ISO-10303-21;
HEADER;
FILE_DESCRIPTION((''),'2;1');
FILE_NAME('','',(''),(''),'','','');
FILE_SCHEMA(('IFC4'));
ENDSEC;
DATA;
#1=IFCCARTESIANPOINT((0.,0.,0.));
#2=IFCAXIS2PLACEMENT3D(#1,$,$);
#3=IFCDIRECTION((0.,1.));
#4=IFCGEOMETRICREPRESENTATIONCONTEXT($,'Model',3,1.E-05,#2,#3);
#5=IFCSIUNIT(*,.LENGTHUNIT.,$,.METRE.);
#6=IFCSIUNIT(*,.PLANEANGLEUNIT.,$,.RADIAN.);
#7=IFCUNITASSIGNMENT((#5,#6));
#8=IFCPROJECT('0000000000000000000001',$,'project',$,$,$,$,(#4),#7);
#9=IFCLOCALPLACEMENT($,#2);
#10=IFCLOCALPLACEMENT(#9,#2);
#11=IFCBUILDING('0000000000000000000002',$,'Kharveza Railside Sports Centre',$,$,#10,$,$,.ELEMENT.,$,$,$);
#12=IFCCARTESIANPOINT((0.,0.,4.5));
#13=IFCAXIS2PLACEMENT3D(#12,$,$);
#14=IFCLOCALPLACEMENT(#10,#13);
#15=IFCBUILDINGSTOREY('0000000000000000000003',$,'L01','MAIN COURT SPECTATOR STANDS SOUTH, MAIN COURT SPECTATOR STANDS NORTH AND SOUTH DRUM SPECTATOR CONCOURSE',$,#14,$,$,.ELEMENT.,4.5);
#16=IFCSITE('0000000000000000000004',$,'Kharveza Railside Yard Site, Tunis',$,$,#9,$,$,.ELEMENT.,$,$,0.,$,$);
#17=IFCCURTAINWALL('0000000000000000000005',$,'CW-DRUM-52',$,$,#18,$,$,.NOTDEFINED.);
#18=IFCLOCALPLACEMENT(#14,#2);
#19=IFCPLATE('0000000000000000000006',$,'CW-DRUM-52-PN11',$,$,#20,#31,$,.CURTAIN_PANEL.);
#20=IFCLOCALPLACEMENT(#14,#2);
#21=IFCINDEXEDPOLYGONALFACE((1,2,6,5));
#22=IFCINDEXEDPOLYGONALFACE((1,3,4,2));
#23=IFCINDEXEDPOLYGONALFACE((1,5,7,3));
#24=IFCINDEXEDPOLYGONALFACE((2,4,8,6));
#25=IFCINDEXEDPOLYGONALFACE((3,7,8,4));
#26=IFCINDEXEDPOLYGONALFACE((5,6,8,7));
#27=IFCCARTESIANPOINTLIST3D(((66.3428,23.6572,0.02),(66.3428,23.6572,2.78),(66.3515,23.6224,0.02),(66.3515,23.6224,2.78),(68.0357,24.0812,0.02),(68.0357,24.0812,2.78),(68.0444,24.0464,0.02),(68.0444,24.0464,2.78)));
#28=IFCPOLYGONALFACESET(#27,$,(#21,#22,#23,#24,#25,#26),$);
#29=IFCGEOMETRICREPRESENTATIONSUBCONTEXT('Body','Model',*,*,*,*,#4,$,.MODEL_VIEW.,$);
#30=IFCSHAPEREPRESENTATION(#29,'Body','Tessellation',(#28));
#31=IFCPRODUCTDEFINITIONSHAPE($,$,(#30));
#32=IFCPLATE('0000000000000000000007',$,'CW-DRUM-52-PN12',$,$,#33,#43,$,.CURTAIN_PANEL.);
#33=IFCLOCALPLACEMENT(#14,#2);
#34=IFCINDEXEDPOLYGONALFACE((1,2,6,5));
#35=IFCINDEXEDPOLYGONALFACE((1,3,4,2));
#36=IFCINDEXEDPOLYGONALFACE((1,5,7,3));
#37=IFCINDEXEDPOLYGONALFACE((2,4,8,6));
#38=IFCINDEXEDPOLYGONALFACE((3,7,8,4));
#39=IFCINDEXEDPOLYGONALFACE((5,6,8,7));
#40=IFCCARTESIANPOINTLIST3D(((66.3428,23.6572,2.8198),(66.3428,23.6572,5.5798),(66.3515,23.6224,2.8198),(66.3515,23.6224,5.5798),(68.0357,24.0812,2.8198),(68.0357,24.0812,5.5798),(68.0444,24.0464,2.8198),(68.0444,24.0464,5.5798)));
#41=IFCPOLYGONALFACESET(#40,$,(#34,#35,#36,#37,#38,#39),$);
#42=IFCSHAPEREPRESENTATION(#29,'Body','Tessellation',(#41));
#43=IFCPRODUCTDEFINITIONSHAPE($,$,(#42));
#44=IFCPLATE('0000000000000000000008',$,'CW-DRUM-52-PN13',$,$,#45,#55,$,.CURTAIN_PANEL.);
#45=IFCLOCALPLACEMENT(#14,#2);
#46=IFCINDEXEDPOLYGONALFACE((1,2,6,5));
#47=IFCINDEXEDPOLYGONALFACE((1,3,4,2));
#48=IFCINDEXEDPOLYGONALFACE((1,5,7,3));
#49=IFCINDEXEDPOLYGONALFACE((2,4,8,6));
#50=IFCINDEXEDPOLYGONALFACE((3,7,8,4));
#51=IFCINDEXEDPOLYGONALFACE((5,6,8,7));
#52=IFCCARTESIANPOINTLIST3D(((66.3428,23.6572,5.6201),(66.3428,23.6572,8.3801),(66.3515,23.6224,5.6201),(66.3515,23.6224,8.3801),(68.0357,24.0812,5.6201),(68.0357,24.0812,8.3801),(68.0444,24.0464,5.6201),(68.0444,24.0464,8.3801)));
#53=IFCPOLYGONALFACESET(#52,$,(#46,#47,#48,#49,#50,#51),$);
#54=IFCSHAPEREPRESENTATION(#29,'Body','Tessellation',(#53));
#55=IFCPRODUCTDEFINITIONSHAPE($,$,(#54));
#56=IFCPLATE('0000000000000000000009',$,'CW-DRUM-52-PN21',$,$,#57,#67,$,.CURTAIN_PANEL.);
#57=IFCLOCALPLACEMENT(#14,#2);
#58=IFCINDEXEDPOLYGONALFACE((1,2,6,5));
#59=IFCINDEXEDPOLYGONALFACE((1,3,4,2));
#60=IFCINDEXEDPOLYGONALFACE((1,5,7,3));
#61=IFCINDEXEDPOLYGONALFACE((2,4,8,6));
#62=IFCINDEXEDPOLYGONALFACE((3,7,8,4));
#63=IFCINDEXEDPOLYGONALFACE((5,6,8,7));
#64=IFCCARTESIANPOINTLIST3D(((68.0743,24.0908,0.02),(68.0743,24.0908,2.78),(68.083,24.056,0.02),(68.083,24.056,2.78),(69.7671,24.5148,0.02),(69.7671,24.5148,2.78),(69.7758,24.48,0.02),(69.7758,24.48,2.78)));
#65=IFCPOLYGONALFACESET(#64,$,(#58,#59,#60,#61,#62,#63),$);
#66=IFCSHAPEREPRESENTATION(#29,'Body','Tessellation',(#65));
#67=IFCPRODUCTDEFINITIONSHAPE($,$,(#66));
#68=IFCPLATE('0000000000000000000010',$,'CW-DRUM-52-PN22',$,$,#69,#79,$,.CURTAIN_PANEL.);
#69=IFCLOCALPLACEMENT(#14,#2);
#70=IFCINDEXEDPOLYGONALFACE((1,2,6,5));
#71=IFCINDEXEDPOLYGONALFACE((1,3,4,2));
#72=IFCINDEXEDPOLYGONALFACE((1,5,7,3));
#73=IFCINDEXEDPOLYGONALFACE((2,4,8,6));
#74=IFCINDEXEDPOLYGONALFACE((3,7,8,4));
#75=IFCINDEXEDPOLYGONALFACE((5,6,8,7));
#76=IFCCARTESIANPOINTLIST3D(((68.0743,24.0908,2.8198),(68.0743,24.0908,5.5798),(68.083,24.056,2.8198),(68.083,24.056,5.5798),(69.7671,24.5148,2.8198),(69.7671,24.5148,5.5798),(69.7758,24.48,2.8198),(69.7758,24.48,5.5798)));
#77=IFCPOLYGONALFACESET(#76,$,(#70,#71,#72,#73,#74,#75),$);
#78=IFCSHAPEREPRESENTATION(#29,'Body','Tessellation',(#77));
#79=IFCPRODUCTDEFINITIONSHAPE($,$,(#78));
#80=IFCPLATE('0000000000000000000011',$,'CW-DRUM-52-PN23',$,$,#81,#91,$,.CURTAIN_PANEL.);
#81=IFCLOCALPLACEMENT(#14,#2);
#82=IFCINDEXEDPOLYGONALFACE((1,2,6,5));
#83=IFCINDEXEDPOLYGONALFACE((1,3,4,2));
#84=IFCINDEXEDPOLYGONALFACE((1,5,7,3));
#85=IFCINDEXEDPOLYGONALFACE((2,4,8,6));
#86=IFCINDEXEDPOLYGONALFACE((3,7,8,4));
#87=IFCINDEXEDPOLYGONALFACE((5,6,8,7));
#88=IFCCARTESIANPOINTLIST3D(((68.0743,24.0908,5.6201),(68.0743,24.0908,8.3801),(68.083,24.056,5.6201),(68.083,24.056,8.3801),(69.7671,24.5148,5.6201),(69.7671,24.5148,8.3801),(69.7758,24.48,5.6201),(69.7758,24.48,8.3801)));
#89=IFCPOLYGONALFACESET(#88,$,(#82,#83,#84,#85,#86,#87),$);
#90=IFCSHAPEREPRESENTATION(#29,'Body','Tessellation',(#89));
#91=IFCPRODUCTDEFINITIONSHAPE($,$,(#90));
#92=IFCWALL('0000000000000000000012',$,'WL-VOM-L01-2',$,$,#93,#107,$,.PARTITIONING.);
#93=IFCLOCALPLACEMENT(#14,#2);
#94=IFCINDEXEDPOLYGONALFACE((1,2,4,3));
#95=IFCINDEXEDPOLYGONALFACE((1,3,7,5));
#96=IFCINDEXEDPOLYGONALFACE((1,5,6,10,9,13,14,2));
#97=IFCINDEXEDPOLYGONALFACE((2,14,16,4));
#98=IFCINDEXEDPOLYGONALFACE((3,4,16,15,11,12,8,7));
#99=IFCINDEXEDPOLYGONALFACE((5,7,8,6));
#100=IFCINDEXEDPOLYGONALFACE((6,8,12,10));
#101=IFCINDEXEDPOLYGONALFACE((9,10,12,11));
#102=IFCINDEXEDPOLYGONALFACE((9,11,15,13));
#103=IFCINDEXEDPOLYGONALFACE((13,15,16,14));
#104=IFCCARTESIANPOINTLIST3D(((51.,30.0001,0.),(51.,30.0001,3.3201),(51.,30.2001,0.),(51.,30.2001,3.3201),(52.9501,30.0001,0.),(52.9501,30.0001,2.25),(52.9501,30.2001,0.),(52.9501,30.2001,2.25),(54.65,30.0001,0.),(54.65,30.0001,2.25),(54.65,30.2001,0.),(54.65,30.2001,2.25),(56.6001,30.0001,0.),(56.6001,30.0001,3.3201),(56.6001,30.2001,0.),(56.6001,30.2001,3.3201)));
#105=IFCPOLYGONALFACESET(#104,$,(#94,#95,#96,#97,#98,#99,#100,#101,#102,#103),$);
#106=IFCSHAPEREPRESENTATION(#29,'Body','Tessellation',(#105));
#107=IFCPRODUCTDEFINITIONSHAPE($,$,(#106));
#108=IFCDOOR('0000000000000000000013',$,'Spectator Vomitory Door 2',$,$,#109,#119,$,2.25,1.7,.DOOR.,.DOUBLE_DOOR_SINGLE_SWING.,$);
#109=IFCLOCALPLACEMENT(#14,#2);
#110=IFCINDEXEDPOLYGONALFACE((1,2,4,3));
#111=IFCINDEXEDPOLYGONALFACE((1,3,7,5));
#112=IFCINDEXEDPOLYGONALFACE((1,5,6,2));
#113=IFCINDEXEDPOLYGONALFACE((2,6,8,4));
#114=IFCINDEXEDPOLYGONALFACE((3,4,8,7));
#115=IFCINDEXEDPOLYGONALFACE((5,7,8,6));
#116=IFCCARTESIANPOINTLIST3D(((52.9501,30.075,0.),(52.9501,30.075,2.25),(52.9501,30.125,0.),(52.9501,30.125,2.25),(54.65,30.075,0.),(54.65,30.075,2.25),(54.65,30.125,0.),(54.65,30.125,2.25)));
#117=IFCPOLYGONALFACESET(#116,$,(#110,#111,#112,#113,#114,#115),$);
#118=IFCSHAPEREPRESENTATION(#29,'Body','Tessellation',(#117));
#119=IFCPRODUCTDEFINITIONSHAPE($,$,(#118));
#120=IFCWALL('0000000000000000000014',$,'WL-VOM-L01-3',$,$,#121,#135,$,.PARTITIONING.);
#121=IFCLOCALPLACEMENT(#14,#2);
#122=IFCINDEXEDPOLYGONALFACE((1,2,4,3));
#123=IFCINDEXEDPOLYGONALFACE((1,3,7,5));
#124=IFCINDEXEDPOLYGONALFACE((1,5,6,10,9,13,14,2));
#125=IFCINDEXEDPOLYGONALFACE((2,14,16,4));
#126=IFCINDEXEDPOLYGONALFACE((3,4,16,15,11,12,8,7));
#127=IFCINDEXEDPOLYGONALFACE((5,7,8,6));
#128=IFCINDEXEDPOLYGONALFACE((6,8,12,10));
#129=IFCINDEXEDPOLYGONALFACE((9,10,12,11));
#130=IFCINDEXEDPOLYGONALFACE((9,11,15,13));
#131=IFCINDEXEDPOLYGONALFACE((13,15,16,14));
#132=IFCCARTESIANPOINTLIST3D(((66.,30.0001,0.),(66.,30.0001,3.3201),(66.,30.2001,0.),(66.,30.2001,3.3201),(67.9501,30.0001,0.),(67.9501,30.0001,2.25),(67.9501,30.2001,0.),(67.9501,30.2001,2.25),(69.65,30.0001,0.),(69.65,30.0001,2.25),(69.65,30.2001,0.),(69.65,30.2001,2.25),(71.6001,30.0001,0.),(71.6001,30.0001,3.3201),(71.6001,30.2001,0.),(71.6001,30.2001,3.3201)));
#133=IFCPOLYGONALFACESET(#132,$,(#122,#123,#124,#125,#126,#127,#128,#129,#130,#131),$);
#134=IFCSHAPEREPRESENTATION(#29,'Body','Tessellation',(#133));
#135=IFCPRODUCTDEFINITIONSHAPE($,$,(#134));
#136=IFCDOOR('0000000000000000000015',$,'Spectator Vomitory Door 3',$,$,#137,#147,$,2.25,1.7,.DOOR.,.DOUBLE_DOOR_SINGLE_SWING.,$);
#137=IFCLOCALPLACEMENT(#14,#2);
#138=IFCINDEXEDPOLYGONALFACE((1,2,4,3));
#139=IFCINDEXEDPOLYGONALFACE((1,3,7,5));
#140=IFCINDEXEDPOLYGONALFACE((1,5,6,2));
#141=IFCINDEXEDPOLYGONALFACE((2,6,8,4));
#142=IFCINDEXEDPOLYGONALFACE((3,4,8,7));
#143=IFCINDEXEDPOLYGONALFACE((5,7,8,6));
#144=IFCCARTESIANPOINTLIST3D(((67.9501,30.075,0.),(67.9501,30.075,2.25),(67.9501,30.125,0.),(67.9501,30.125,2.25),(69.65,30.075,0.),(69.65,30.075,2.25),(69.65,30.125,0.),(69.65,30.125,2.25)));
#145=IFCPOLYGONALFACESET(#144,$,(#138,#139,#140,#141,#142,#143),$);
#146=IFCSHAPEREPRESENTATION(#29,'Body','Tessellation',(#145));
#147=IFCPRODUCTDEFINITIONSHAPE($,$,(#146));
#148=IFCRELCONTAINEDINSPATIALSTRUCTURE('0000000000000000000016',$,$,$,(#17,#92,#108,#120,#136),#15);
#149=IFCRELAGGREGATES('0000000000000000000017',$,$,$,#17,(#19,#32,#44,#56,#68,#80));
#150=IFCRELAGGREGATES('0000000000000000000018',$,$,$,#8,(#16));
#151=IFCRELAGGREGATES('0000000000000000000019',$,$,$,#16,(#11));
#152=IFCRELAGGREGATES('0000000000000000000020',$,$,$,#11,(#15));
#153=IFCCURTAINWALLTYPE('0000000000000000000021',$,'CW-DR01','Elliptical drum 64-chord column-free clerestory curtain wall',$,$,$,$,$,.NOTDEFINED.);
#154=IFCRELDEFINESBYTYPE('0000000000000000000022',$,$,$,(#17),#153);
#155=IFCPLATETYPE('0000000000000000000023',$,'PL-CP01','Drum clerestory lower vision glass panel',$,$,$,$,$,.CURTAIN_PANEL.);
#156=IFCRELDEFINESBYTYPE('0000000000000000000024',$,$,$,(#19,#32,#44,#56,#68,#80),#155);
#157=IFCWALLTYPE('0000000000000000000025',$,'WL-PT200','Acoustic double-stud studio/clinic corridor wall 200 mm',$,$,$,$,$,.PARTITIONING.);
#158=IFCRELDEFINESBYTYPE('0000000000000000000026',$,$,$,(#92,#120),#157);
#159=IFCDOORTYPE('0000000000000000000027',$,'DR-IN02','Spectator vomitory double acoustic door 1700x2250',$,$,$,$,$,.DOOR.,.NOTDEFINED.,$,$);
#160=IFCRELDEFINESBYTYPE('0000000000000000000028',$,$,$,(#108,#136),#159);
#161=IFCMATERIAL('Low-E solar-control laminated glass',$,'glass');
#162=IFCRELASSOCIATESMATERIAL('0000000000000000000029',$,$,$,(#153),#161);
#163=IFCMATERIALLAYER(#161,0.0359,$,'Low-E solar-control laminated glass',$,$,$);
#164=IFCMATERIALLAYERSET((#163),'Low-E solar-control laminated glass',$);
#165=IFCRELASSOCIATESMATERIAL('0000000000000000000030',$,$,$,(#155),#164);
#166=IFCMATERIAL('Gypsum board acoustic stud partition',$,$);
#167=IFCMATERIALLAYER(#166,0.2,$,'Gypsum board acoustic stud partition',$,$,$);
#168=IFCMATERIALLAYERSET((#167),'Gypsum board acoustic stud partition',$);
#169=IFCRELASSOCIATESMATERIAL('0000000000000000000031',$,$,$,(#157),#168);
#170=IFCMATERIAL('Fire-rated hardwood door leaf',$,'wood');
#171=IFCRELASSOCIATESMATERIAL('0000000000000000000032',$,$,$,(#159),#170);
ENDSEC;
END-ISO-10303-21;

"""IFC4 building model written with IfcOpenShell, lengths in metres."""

from ifc_helpers import new_model, si_unit, direction, frame, frame_2d, origin, origin_2d, place, context, subcontext, project, spatial, rectangle, extrude, material, layer, layer_set, type_object, element, fill, aggregate, save


model = new_model("IFC4")

# Units and contexts
model_context = context("Model", 3, precision=1e-05, world=origin(), true_north=direction((0.0, 1.0)))
body_context = subcontext(model_context, "Body", "Model", "MODEL_VIEW")
ifc_project = project(units=[si_unit("LENGTHUNIT", "METRE"), si_unit("PLANEANGLEUNIT", "RADIAN")], contexts=[model_context])

# Site, building, storey
site_placement = place(None, origin())
site = spatial("IfcSite", under=ifc_project, at=site_placement, Name="Kharveza Railside Yard Site, Tunis", CompositionType="ELEMENT", RefElevation=0.0)
building_placement = place(site_placement, origin())
building = spatial("IfcBuilding", under=site, at=building_placement, Name="Kharveza Railside Sports Centre", CompositionType="ELEMENT")
storey_placement = place(building_placement, frame((0.0, 0.0, 4.5)))
storey = spatial("IfcBuildingStorey", under=building, at=storey_placement, Name="L01", Description="MAIN COURT SPECTATOR STANDS SOUTH, MAIN COURT SPECTATOR STANDS NORTH AND SOUTH DRUM SPECTATOR CONCOURSE", CompositionType="ELEMENT", Elevation=4.5)

# Curtain wall
ifc_material_1 = material(Name="Low-E solar-control laminated glass", Category="glass")
curtain_wall_type = type_object("IfcCurtainWallType", Name="CW-DR01", Description="Elliptical drum 64-chord column-free clerestory curtain wall", PredefinedType="NOTDEFINED", material=ifc_material_1)
curtain_wall_1_placement = place(storey_placement, origin())
curtain_wall_1 = element("IfcCurtainWall", 1, at=curtain_wall_1_placement, inside=storey, type_object=curtain_wall_type, Name="CW-DRUM-52", PredefinedType="NOTDEFINED")

# Plates
ifc_layer_1 = layer(ifc_material_1, 0.0359, Name="Low-E solar-control laminated glass")
ifc_layer_set_1 = layer_set([ifc_layer_1], Name="Low-E solar-control laminated glass")
plate_type = type_object("IfcPlateType", Name="PL-CP01", Description="Drum clerestory lower vision glass panel", PredefinedType="CURTAIN_PANEL", material=ifc_layer_set_1)
plate_1_placement = place(storey_placement, frame((67.1936, 23.8518, 0.02), z_axis=(0.0, 0.0, 1.0), x_axis=(0.970038, 0.242955, 0.0)))
plate_1 = element("IfcPlate", 2, at=plate_1_placement, type_object=plate_type, Name="CW-DRUM-52-PN11", PredefinedType="CURTAIN_PANEL", context=body_context, shape_type="SweptSolid", body=[
    extrude(rectangle(XDim=1.7451, YDim=0.0359, at=origin_2d()), origin(), (0.0, 0.0, 1.0), 2.76),
])
plate_2_placement = place(storey_placement, frame((67.1936, 23.8518, 2.8198), z_axis=(0.0, 0.0, 1.0), x_axis=(0.970038, 0.242955, 0.0)))
plate_2 = element("IfcPlate", 3, at=plate_2_placement, type_object=plate_type, Name="CW-DRUM-52-PN12", PredefinedType="CURTAIN_PANEL", context=body_context, shape_type="SweptSolid", body=[
    extrude(rectangle(XDim=1.7451, YDim=0.0359, at=origin_2d()), origin(), (0.0, 0.0, 1.0), 2.76),
])
plate_3_placement = place(storey_placement, frame((67.1936, 23.8518, 5.6201), z_axis=(0.0, 0.0, 1.0), x_axis=(0.970038, 0.242955, 0.0)))
plate_3 = element("IfcPlate", 4, at=plate_3_placement, type_object=plate_type, Name="CW-DRUM-52-PN13", PredefinedType="CURTAIN_PANEL", context=body_context, shape_type="SweptSolid", body=[
    extrude(rectangle(XDim=1.7451, YDim=0.0359, at=origin_2d()), origin(), (0.0, 0.0, 1.0), 2.76),
])
plate_4_placement = place(storey_placement, frame((68.925, 24.2854, 0.02), z_axis=(0.0, 0.0, 1.0), x_axis=(0.970038, 0.242955, 0.0)))
plate_4 = element("IfcPlate", 5, at=plate_4_placement, type_object=plate_type, Name="CW-DRUM-52-PN21", PredefinedType="CURTAIN_PANEL", context=body_context, shape_type="SweptSolid", body=[
    extrude(rectangle(XDim=1.7451, YDim=0.0359, at=origin_2d()), origin(), (0.0, 0.0, 1.0), 2.76),
])
plate_5_placement = place(storey_placement, frame((68.925, 24.2854, 2.8198), z_axis=(0.0, 0.0, 1.0), x_axis=(0.970038, 0.242955, 0.0)))
plate_5 = element("IfcPlate", 6, at=plate_5_placement, type_object=plate_type, Name="CW-DRUM-52-PN22", PredefinedType="CURTAIN_PANEL", context=body_context, shape_type="SweptSolid", body=[
    extrude(rectangle(XDim=1.7451, YDim=0.0359, at=origin_2d()), origin(), (0.0, 0.0, 1.0), 2.76),
])
plate_6_placement = place(storey_placement, frame((68.925, 24.2854, 5.6201), z_axis=(0.0, 0.0, 1.0), x_axis=(0.970038, 0.242955, 0.0)))
plate_6 = element("IfcPlate", 7, at=plate_6_placement, type_object=plate_type, Name="CW-DRUM-52-PN23", PredefinedType="CURTAIN_PANEL", context=body_context, shape_type="SweptSolid", body=[
    extrude(rectangle(XDim=1.7451, YDim=0.0359, at=origin_2d()), origin(), (0.0, 0.0, 1.0), 2.76),
])
aggregate(curtain_wall_1, [plate_1, plate_2, plate_3, plate_4, plate_5, plate_6])

# Walls, openings, doors
ifc_material_2 = material(Name="Gypsum board acoustic stud partition")
ifc_layer_2 = layer(ifc_material_2, 0.2, Name="Gypsum board acoustic stud partition")
ifc_layer_set_2 = layer_set([ifc_layer_2], Name="Gypsum board acoustic stud partition")
wall_type = type_object("IfcWallType", Name="WL-PT200", Description="Acoustic double-stud studio/clinic corridor wall 200 mm", PredefinedType="PARTITIONING", material=ifc_layer_set_2)
wall_1_placement = place(storey_placement, frame((51.0, 30.1001, 0.0), z_axis=(0.0, 0.0, 1.0), x_axis=(1.0, 0.0, 0.0)))
wall_1 = element("IfcWall", 8, at=wall_1_placement, inside=storey, type_object=wall_type, Name="WL-VOM-L01-2", PredefinedType="PARTITIONING", context=body_context, shape_type="SweptSolid", body=[
    extrude(rectangle(XDim=5.6001, YDim=0.2, at=frame_2d((2.8, 0.0))), origin(), (0.0, 0.0, 1.0), 3.3201),
])
opening_1_placement = place(wall_1_placement, frame((1.95, 0.0, 0.0)))
opening_1 = element("IfcOpeningElement", 9, at=opening_1_placement, cuts=wall_1, PredefinedType="OPENING", context=body_context, shape_type="SweptSolid", body=[
    extrude(rectangle(XDim=1.7, YDim=2.25, at=frame_2d((0.8501, 1.125))), frame((0.0, 0.125, 0.0), z_axis=(0.0, -1.0, 0.0), x_axis=(1.0, 0.0, 0.0)), (0.0, 0.0, 1.0), 0.2498),
])
ifc_material_3 = material(Name="Fire-rated hardwood door leaf", Category="wood")
door_type = type_object("IfcDoorType", Name="DR-IN02", Description="Spectator vomitory double acoustic door 1700x2250", OperationType="NOTDEFINED", PredefinedType="DOOR", material=ifc_material_3)
door_1_placement = place(opening_1_placement, origin())
door_1 = element("IfcDoor", 10, at=door_1_placement, inside=storey, type_object=door_type, Name="Spectator Vomitory Door 2", OperationType="DOUBLE_DOOR_SINGLE_SWING", OverallHeight=2.25, OverallWidth=1.7, PredefinedType="DOOR", context=body_context, shape_type="SweptSolid", body=[
    extrude(rectangle(XDim=1.7, YDim=2.25, at=frame_2d((0.8501, 1.125))), frame((0.0, 0.0249, 0.0), z_axis=(0.0, -1.0, 0.0), x_axis=(1.0, 0.0, 0.0)), (0.0, 0.0, 1.0), 0.05),
])
fill(opening_1, door_1)
wall_2_placement = place(storey_placement, frame((66.0, 30.1001, 0.0), z_axis=(0.0, 0.0, 1.0), x_axis=(1.0, 0.0, 0.0)))
wall_2 = element("IfcWall", 11, at=wall_2_placement, inside=storey, type_object=wall_type, Name="WL-VOM-L01-3", PredefinedType="PARTITIONING", context=body_context, shape_type="SweptSolid", body=[
    extrude(rectangle(XDim=5.6001, YDim=0.2, at=frame_2d((2.8, 0.0))), origin(), (0.0, 0.0, 1.0), 3.3201),
])
opening_2_placement = place(wall_2_placement, frame((1.95, 0.0, 0.0)))
opening_2 = element("IfcOpeningElement", 12, at=opening_2_placement, cuts=wall_2, PredefinedType="OPENING", context=body_context, shape_type="SweptSolid", body=[
    extrude(rectangle(XDim=1.7, YDim=2.25, at=frame_2d((0.8501, 1.125))), frame((0.0, 0.125, 0.0), z_axis=(0.0, -1.0, 0.0), x_axis=(1.0, 0.0, 0.0)), (0.0, 0.0, 1.0), 0.2498),
])
door_2_placement = place(opening_2_placement, origin())
door_2 = element("IfcDoor", 13, at=door_2_placement, inside=storey, type_object=door_type, Name="Spectator Vomitory Door 3", OperationType="DOUBLE_DOOR_SINGLE_SWING", OverallHeight=2.25, OverallWidth=1.7, PredefinedType="DOOR", context=body_context, shape_type="SweptSolid", body=[
    extrude(rectangle(XDim=1.7, YDim=2.25, at=frame_2d((0.8501, 1.125))), frame((0.0, 0.0249, 0.0), z_axis=(0.0, -1.0, 0.0), x_axis=(1.0, 0.0, 0.0)), (0.0, 0.0, 1.0), 0.05),
])
fill(opening_2, door_2)

save(model, "model.ifc")
